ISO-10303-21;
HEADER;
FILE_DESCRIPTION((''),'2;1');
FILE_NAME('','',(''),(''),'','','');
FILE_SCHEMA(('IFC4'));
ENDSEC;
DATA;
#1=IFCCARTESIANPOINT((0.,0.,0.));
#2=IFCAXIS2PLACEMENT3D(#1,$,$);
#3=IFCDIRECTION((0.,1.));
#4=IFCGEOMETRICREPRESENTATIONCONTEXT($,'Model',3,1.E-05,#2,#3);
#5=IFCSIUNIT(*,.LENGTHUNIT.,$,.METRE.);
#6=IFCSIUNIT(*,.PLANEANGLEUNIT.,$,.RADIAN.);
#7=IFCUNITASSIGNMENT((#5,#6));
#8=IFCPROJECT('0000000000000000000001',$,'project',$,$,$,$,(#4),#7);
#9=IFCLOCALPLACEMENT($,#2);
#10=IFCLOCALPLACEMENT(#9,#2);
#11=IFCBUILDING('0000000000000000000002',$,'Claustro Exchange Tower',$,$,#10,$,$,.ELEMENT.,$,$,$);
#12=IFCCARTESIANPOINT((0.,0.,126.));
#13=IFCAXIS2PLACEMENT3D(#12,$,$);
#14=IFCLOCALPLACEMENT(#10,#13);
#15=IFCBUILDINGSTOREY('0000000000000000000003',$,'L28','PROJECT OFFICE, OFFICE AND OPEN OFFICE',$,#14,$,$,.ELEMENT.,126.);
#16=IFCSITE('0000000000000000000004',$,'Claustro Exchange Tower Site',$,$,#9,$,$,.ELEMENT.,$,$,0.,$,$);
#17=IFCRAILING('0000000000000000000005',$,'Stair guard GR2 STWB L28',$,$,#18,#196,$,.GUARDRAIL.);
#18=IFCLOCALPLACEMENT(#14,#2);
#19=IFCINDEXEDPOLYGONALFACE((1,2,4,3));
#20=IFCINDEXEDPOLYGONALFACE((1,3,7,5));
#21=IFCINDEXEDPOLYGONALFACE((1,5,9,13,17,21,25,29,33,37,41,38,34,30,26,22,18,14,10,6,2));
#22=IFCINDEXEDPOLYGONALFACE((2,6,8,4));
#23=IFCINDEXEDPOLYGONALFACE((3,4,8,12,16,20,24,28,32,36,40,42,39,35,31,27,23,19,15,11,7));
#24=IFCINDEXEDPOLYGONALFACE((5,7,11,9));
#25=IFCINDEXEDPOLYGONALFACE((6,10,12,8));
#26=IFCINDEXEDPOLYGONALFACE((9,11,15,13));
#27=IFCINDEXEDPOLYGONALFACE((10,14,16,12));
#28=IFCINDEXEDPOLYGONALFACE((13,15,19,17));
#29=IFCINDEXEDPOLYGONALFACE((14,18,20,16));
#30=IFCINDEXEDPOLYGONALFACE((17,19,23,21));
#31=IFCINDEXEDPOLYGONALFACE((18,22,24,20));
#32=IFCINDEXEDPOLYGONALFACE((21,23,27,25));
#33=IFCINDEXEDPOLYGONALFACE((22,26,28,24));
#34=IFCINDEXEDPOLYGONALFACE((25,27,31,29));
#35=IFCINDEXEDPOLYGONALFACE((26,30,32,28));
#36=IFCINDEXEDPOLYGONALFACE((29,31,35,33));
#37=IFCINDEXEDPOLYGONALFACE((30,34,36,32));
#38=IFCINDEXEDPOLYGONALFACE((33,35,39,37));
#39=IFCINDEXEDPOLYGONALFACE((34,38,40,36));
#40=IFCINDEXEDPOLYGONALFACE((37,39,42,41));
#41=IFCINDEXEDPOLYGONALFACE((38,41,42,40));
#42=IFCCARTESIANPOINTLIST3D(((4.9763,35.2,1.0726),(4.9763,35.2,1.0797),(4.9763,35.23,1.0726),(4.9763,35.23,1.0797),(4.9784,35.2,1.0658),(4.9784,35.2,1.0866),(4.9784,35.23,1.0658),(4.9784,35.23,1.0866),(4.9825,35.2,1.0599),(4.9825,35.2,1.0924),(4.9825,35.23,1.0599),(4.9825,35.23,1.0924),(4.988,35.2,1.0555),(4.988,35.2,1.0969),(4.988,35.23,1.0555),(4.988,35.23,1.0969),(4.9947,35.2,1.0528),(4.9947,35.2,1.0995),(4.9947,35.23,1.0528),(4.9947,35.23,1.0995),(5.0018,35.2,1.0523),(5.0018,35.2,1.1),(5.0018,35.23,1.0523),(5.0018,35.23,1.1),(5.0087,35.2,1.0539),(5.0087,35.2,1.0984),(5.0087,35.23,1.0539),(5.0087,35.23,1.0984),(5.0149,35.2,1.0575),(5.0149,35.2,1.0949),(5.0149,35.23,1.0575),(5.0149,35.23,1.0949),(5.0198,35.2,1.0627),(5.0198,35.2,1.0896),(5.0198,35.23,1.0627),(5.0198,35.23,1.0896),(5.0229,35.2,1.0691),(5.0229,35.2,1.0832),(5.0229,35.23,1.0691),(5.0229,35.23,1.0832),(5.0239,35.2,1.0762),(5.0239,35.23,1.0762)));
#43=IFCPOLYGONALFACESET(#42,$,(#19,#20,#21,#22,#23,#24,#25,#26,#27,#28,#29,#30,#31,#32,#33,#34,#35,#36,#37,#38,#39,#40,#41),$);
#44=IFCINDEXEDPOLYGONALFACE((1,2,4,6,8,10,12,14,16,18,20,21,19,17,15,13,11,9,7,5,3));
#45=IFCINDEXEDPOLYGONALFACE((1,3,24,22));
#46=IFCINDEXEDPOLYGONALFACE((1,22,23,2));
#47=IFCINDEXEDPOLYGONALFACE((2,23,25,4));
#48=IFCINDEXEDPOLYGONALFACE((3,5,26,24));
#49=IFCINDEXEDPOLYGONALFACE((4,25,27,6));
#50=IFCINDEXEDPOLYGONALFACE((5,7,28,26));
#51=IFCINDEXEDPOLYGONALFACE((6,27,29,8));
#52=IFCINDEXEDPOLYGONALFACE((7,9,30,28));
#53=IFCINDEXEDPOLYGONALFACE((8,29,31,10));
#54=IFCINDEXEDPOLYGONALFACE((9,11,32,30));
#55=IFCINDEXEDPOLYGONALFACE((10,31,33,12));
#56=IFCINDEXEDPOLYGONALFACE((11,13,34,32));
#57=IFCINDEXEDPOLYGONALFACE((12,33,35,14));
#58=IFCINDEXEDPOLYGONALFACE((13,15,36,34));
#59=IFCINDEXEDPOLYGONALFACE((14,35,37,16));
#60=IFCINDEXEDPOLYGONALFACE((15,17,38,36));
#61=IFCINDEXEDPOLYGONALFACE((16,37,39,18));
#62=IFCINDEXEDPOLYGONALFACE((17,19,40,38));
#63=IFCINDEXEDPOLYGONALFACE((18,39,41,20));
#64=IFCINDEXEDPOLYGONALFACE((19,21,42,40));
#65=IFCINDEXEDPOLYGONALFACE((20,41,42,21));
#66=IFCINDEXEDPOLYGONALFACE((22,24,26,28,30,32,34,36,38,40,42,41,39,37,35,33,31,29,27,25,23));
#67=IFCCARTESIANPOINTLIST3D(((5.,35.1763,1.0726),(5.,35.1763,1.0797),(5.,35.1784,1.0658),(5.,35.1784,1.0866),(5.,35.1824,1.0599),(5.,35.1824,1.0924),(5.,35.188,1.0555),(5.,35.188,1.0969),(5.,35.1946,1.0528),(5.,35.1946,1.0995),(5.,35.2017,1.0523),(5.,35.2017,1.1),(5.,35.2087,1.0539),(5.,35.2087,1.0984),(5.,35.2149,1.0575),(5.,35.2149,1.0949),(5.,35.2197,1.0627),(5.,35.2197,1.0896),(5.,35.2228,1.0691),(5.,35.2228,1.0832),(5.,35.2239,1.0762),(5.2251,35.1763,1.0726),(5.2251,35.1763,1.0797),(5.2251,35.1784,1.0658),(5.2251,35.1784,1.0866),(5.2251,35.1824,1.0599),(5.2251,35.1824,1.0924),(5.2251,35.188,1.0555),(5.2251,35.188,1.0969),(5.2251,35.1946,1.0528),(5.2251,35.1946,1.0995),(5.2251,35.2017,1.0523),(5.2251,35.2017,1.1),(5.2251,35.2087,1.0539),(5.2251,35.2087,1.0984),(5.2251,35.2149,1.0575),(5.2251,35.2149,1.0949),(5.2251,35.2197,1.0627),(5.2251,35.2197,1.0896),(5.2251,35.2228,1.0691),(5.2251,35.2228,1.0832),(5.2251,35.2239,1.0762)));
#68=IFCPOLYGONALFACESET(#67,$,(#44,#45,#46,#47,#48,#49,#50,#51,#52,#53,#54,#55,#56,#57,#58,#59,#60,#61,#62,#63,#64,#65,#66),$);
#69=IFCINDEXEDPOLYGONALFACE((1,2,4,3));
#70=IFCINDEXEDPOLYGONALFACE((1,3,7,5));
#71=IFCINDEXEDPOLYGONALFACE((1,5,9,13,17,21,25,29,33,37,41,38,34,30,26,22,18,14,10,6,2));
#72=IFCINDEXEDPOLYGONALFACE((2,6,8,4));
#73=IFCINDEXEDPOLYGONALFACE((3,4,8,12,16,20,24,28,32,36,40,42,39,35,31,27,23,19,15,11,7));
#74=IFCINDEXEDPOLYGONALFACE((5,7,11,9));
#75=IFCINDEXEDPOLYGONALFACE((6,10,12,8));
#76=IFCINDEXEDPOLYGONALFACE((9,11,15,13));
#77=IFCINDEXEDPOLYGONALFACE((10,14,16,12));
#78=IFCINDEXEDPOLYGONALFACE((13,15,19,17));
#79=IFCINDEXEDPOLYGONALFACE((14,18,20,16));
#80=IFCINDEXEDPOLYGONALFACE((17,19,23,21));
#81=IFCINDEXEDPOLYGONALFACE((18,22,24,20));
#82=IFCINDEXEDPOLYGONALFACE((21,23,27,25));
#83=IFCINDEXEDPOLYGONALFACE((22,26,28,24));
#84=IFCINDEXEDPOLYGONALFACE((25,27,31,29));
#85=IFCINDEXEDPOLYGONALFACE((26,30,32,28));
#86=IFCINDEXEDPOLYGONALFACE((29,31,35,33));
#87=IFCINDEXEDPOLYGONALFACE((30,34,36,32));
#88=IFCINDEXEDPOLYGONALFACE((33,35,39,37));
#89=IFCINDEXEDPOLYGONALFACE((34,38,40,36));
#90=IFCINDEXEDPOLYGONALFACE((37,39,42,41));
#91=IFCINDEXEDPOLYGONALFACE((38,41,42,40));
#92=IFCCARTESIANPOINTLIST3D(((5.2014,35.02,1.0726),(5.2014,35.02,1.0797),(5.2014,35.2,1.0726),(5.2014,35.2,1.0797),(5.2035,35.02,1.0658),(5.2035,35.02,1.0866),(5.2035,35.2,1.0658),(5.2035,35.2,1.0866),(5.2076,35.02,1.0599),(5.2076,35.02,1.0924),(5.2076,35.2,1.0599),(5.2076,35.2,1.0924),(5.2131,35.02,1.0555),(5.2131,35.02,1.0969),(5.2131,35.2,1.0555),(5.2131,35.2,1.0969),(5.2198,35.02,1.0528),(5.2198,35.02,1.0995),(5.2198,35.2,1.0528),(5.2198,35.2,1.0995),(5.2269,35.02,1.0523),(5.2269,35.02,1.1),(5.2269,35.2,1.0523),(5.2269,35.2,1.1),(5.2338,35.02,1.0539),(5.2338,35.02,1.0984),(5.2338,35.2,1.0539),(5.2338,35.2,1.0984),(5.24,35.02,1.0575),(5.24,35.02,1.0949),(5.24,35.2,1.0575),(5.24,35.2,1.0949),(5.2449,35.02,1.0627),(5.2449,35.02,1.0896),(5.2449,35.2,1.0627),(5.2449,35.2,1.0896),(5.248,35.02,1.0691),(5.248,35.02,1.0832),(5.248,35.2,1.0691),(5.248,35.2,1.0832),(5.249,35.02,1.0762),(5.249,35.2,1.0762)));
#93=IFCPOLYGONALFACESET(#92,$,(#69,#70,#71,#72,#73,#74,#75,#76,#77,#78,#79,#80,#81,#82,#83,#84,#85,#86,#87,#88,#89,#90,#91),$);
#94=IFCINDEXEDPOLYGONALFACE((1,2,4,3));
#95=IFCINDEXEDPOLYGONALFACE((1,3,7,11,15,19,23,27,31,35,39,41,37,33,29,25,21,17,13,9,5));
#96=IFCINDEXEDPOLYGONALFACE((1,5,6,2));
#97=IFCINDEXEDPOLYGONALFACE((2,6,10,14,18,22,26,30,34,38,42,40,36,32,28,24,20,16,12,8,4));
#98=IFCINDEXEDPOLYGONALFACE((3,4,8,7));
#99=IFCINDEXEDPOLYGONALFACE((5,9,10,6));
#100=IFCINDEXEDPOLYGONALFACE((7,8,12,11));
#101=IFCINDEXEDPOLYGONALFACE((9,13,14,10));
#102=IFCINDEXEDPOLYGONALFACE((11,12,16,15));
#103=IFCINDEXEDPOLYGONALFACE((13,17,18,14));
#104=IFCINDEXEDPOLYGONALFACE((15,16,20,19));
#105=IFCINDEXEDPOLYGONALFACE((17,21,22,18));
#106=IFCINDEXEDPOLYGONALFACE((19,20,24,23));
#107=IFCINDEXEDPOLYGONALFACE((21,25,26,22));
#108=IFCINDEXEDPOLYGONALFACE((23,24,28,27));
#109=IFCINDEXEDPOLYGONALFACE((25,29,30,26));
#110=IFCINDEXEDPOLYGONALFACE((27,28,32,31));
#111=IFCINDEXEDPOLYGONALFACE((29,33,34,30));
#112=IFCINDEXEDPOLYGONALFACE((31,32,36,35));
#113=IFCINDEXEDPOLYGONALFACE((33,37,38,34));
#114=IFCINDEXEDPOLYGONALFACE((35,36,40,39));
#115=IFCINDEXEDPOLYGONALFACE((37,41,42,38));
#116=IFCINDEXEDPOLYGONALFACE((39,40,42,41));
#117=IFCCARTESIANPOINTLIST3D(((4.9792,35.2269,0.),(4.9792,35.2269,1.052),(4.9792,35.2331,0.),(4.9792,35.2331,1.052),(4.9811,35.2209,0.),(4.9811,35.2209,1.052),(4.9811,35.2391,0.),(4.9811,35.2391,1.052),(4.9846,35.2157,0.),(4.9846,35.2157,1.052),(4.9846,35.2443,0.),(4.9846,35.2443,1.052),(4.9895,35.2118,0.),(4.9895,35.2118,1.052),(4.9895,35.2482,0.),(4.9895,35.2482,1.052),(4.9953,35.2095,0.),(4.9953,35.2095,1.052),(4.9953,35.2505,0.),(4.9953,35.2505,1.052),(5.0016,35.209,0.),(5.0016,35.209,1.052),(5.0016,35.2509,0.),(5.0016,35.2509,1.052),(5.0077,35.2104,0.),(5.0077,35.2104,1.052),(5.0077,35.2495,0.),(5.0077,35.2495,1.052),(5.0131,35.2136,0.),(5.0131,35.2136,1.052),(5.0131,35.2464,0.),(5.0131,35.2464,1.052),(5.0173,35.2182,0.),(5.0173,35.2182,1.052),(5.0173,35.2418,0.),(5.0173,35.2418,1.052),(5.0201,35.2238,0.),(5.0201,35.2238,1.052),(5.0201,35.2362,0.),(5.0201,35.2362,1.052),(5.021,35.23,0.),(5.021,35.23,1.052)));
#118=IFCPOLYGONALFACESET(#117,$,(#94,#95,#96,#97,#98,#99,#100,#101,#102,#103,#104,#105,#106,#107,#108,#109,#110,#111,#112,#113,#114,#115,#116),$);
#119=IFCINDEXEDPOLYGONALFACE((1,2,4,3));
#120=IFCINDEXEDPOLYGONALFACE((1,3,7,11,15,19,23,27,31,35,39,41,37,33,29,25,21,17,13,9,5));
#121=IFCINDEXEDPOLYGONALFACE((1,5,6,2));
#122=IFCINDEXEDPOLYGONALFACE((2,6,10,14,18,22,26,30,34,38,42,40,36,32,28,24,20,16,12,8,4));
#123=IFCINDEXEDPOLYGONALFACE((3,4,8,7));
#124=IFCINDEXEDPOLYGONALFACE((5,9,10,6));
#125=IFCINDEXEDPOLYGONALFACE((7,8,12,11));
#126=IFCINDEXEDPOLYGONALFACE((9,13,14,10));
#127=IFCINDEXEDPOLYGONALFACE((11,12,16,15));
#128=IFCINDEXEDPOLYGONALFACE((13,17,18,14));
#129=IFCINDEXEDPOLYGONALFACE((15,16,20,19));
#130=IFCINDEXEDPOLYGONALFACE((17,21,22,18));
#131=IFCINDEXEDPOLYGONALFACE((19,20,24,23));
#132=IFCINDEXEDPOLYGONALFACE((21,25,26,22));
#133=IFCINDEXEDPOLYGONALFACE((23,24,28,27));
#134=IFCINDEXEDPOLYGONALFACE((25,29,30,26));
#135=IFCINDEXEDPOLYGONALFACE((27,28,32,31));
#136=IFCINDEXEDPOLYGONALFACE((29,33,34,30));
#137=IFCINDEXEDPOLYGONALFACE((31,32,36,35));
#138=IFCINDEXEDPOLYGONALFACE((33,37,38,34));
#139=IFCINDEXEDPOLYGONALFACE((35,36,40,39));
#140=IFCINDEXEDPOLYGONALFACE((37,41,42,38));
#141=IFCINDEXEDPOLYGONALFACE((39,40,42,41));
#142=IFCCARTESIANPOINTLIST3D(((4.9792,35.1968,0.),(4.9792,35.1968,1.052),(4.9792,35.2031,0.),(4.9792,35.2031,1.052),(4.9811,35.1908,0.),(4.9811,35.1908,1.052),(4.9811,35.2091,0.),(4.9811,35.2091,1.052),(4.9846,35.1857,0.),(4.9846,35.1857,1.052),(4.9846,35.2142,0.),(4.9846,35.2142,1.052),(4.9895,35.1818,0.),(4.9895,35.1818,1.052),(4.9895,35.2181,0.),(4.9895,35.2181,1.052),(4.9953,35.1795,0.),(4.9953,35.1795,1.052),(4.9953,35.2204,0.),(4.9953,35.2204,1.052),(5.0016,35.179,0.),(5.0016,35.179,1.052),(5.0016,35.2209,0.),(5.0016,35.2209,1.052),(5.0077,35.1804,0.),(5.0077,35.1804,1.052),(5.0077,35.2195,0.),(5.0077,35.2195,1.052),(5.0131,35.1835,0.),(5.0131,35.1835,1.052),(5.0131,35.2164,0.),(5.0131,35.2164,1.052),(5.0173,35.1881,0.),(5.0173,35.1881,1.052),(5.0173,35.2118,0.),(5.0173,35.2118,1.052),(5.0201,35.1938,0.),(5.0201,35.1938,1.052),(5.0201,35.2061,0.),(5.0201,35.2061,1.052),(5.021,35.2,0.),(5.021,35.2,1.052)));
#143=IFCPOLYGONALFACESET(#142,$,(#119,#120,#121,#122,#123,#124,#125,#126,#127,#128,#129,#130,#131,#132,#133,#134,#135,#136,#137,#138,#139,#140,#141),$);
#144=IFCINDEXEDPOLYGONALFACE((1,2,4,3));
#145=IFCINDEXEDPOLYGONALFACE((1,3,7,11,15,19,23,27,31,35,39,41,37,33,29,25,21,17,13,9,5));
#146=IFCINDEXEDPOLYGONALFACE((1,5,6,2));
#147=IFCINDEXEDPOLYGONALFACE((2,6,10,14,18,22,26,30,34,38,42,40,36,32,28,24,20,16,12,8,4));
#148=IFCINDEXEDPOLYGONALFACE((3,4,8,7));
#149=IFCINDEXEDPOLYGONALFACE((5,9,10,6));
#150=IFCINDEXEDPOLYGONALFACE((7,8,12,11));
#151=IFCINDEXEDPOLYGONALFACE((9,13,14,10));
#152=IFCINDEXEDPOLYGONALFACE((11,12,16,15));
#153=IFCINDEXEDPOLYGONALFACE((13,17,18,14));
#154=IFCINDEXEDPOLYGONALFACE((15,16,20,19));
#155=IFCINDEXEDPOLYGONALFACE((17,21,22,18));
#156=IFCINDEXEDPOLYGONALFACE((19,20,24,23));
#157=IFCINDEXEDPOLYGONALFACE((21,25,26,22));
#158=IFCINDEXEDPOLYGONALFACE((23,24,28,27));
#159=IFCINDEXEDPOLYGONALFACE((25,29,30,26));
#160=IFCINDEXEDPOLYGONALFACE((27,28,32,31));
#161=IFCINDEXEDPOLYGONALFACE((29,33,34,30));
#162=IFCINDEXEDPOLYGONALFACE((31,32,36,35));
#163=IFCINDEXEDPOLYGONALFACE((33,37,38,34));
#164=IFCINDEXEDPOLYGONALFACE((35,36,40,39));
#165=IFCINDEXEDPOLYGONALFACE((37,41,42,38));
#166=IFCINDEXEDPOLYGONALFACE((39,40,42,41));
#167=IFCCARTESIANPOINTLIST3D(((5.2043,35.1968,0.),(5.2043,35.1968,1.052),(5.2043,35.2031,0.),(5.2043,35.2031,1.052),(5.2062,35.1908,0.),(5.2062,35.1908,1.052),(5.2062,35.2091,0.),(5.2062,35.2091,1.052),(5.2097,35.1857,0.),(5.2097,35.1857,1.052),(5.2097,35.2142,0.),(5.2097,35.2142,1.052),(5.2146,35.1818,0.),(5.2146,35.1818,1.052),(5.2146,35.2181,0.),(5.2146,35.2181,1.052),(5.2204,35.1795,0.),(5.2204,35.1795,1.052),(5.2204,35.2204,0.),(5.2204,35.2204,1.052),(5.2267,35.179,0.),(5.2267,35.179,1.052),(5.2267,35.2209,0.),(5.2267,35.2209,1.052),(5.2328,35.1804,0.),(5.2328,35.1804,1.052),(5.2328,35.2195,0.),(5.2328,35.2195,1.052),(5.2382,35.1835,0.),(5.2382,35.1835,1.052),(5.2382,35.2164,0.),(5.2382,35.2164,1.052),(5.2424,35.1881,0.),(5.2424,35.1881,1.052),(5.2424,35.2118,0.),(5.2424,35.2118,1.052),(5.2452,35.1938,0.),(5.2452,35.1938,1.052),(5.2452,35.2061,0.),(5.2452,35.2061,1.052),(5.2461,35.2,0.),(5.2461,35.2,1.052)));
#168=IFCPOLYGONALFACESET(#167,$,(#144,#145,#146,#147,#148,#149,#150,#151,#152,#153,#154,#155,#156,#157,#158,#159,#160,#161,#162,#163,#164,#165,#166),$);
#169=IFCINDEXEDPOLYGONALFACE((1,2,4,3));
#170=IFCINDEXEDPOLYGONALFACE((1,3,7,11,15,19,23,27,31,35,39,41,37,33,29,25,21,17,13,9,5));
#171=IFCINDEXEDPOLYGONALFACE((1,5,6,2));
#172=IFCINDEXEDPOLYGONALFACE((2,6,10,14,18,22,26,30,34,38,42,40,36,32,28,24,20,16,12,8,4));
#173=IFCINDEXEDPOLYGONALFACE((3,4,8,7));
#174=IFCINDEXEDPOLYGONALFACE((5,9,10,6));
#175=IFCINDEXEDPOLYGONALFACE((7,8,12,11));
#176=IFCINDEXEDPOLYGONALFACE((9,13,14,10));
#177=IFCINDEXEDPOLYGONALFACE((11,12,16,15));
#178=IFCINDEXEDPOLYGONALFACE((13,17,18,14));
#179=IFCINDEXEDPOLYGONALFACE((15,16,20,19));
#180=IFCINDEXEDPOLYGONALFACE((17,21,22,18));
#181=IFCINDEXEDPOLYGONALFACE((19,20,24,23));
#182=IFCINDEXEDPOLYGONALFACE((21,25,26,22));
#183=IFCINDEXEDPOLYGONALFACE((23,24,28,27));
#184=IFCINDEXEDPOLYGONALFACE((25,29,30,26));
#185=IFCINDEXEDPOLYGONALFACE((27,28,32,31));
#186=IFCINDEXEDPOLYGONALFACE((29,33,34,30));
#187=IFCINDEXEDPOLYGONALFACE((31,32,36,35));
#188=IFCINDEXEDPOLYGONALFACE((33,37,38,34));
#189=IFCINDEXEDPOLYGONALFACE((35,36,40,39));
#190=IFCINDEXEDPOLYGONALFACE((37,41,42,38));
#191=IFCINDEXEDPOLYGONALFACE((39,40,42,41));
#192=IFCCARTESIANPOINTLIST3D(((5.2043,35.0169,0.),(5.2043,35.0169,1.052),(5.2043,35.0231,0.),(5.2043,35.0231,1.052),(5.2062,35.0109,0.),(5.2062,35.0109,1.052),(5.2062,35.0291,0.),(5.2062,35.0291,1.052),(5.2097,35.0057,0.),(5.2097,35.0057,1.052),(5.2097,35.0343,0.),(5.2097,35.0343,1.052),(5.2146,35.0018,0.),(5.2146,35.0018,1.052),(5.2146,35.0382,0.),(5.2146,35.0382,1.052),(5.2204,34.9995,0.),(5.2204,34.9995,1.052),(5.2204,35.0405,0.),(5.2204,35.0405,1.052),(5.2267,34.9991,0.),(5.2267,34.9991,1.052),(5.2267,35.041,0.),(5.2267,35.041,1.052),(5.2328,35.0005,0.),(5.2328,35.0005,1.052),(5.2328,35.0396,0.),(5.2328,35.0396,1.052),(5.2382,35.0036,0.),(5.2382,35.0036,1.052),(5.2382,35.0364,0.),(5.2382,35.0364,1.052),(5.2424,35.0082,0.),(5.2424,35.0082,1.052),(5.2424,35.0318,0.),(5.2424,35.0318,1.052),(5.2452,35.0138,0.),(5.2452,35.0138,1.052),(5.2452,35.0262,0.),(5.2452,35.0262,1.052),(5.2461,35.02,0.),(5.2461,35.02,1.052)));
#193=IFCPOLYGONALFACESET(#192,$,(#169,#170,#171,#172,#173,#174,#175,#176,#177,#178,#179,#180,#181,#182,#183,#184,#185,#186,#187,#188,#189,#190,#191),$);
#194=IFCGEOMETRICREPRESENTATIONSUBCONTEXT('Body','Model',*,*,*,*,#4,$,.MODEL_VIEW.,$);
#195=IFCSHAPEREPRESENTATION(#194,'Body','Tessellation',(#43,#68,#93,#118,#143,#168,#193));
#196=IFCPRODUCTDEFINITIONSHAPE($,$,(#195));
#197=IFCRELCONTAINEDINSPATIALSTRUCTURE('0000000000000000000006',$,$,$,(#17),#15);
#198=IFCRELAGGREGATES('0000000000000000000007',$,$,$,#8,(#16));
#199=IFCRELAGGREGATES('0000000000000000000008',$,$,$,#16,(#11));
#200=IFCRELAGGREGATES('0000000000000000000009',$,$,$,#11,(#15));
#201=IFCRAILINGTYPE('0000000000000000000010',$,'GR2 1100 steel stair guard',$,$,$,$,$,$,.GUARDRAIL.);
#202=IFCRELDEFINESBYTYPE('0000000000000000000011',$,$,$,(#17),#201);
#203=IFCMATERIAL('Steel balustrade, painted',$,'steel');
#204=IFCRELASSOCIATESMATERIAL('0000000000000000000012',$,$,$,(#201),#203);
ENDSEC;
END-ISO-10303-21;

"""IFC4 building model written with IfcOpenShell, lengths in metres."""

from ifc_helpers import new_model, si_unit, direction, frame, origin, origin_2d, place, context, subcontext, project, spatial, circle, extrude, material, type_object, element, save


model = new_model("IFC4")

# Units and contexts
model_context = context("Model", 3, precision=1e-05, world=origin(), true_north=direction((0.0, 1.0)))
body_context = subcontext(model_context, "Body", "Model", "MODEL_VIEW")
ifc_project = project(units=[si_unit("LENGTHUNIT", "METRE"), si_unit("PLANEANGLEUNIT", "RADIAN")], contexts=[model_context])

# Site, building, storey
site_placement = place(None, origin())
site = spatial("IfcSite", under=ifc_project, at=site_placement, Name="Claustro Exchange Tower Site", CompositionType="ELEMENT", RefElevation=0.0)
building_placement = place(site_placement, origin())
building = spatial("IfcBuilding", under=site, at=building_placement, Name="Claustro Exchange Tower", CompositionType="ELEMENT")
storey_placement = place(building_placement, frame((0.0, 0.0, 126.0)))
storey = spatial("IfcBuildingStorey", under=building, at=storey_placement, Name="L28", Description="PROJECT OFFICE, OFFICE AND OPEN OFFICE", CompositionType="ELEMENT", Elevation=126.0)

# Railing
ifc_material_1 = material(Name="Steel balustrade, painted", Category="steel")
railing_type_1 = type_object("IfcRailingType", Name="GR2 1100 steel stair guard", PredefinedType="GUARDRAIL", material=ifc_material_1)
railing_1_placement = place(storey_placement, frame((5.0, 35.23, 0.0)))
element("IfcRailing", 1, at=railing_1_placement, inside=storey, type_object=railing_type_1, Name="Stair guard GR2 STWB L28", PredefinedType="GUARDRAIL", context=body_context, shape_type="SweptSolid", body=[
    extrude(circle(Radius=0.0239, at=origin_2d()), frame((0.0, 0.0, 1.0762), z_axis=(0.0, -1.0, 0.0), x_axis=(1.0, 0.0, 0.0)), (0.0, 0.0, 1.0), 0.03),
    extrude(circle(Radius=0.0239, at=origin_2d()), frame((0.0, -0.03, 1.0762), z_axis=(1.0, 0.0, 0.0), x_axis=(0.0, 1.0, 0.0)), (0.0, 0.0, 1.0), 0.2251),
    extrude(circle(Radius=0.0239, at=origin_2d()), frame((0.2251, -0.03, 1.0762), z_axis=(0.0, -1.0, 0.0), x_axis=(1.0, 0.0, 0.0)), (0.0, 0.0, 1.0), 0.1799),
    extrude(circle(Radius=0.021, at=origin_2d()), origin(), (0.0, 0.0, 1.0), 1.052),
    extrude(circle(Radius=0.021, at=origin_2d()), frame((0.0, -0.03, 0.0)), (0.0, 0.0, 1.0), 1.052),
    extrude(circle(Radius=0.021, at=origin_2d()), frame((0.2251, -0.03, 0.0)), (0.0, 0.0, 1.0), 1.052),
    extrude(circle(Radius=0.021, at=origin_2d()), frame((0.2251, -0.21, 0.0)), (0.0, 0.0, 1.0), 1.052),
])

save(model, "model.ifc")
